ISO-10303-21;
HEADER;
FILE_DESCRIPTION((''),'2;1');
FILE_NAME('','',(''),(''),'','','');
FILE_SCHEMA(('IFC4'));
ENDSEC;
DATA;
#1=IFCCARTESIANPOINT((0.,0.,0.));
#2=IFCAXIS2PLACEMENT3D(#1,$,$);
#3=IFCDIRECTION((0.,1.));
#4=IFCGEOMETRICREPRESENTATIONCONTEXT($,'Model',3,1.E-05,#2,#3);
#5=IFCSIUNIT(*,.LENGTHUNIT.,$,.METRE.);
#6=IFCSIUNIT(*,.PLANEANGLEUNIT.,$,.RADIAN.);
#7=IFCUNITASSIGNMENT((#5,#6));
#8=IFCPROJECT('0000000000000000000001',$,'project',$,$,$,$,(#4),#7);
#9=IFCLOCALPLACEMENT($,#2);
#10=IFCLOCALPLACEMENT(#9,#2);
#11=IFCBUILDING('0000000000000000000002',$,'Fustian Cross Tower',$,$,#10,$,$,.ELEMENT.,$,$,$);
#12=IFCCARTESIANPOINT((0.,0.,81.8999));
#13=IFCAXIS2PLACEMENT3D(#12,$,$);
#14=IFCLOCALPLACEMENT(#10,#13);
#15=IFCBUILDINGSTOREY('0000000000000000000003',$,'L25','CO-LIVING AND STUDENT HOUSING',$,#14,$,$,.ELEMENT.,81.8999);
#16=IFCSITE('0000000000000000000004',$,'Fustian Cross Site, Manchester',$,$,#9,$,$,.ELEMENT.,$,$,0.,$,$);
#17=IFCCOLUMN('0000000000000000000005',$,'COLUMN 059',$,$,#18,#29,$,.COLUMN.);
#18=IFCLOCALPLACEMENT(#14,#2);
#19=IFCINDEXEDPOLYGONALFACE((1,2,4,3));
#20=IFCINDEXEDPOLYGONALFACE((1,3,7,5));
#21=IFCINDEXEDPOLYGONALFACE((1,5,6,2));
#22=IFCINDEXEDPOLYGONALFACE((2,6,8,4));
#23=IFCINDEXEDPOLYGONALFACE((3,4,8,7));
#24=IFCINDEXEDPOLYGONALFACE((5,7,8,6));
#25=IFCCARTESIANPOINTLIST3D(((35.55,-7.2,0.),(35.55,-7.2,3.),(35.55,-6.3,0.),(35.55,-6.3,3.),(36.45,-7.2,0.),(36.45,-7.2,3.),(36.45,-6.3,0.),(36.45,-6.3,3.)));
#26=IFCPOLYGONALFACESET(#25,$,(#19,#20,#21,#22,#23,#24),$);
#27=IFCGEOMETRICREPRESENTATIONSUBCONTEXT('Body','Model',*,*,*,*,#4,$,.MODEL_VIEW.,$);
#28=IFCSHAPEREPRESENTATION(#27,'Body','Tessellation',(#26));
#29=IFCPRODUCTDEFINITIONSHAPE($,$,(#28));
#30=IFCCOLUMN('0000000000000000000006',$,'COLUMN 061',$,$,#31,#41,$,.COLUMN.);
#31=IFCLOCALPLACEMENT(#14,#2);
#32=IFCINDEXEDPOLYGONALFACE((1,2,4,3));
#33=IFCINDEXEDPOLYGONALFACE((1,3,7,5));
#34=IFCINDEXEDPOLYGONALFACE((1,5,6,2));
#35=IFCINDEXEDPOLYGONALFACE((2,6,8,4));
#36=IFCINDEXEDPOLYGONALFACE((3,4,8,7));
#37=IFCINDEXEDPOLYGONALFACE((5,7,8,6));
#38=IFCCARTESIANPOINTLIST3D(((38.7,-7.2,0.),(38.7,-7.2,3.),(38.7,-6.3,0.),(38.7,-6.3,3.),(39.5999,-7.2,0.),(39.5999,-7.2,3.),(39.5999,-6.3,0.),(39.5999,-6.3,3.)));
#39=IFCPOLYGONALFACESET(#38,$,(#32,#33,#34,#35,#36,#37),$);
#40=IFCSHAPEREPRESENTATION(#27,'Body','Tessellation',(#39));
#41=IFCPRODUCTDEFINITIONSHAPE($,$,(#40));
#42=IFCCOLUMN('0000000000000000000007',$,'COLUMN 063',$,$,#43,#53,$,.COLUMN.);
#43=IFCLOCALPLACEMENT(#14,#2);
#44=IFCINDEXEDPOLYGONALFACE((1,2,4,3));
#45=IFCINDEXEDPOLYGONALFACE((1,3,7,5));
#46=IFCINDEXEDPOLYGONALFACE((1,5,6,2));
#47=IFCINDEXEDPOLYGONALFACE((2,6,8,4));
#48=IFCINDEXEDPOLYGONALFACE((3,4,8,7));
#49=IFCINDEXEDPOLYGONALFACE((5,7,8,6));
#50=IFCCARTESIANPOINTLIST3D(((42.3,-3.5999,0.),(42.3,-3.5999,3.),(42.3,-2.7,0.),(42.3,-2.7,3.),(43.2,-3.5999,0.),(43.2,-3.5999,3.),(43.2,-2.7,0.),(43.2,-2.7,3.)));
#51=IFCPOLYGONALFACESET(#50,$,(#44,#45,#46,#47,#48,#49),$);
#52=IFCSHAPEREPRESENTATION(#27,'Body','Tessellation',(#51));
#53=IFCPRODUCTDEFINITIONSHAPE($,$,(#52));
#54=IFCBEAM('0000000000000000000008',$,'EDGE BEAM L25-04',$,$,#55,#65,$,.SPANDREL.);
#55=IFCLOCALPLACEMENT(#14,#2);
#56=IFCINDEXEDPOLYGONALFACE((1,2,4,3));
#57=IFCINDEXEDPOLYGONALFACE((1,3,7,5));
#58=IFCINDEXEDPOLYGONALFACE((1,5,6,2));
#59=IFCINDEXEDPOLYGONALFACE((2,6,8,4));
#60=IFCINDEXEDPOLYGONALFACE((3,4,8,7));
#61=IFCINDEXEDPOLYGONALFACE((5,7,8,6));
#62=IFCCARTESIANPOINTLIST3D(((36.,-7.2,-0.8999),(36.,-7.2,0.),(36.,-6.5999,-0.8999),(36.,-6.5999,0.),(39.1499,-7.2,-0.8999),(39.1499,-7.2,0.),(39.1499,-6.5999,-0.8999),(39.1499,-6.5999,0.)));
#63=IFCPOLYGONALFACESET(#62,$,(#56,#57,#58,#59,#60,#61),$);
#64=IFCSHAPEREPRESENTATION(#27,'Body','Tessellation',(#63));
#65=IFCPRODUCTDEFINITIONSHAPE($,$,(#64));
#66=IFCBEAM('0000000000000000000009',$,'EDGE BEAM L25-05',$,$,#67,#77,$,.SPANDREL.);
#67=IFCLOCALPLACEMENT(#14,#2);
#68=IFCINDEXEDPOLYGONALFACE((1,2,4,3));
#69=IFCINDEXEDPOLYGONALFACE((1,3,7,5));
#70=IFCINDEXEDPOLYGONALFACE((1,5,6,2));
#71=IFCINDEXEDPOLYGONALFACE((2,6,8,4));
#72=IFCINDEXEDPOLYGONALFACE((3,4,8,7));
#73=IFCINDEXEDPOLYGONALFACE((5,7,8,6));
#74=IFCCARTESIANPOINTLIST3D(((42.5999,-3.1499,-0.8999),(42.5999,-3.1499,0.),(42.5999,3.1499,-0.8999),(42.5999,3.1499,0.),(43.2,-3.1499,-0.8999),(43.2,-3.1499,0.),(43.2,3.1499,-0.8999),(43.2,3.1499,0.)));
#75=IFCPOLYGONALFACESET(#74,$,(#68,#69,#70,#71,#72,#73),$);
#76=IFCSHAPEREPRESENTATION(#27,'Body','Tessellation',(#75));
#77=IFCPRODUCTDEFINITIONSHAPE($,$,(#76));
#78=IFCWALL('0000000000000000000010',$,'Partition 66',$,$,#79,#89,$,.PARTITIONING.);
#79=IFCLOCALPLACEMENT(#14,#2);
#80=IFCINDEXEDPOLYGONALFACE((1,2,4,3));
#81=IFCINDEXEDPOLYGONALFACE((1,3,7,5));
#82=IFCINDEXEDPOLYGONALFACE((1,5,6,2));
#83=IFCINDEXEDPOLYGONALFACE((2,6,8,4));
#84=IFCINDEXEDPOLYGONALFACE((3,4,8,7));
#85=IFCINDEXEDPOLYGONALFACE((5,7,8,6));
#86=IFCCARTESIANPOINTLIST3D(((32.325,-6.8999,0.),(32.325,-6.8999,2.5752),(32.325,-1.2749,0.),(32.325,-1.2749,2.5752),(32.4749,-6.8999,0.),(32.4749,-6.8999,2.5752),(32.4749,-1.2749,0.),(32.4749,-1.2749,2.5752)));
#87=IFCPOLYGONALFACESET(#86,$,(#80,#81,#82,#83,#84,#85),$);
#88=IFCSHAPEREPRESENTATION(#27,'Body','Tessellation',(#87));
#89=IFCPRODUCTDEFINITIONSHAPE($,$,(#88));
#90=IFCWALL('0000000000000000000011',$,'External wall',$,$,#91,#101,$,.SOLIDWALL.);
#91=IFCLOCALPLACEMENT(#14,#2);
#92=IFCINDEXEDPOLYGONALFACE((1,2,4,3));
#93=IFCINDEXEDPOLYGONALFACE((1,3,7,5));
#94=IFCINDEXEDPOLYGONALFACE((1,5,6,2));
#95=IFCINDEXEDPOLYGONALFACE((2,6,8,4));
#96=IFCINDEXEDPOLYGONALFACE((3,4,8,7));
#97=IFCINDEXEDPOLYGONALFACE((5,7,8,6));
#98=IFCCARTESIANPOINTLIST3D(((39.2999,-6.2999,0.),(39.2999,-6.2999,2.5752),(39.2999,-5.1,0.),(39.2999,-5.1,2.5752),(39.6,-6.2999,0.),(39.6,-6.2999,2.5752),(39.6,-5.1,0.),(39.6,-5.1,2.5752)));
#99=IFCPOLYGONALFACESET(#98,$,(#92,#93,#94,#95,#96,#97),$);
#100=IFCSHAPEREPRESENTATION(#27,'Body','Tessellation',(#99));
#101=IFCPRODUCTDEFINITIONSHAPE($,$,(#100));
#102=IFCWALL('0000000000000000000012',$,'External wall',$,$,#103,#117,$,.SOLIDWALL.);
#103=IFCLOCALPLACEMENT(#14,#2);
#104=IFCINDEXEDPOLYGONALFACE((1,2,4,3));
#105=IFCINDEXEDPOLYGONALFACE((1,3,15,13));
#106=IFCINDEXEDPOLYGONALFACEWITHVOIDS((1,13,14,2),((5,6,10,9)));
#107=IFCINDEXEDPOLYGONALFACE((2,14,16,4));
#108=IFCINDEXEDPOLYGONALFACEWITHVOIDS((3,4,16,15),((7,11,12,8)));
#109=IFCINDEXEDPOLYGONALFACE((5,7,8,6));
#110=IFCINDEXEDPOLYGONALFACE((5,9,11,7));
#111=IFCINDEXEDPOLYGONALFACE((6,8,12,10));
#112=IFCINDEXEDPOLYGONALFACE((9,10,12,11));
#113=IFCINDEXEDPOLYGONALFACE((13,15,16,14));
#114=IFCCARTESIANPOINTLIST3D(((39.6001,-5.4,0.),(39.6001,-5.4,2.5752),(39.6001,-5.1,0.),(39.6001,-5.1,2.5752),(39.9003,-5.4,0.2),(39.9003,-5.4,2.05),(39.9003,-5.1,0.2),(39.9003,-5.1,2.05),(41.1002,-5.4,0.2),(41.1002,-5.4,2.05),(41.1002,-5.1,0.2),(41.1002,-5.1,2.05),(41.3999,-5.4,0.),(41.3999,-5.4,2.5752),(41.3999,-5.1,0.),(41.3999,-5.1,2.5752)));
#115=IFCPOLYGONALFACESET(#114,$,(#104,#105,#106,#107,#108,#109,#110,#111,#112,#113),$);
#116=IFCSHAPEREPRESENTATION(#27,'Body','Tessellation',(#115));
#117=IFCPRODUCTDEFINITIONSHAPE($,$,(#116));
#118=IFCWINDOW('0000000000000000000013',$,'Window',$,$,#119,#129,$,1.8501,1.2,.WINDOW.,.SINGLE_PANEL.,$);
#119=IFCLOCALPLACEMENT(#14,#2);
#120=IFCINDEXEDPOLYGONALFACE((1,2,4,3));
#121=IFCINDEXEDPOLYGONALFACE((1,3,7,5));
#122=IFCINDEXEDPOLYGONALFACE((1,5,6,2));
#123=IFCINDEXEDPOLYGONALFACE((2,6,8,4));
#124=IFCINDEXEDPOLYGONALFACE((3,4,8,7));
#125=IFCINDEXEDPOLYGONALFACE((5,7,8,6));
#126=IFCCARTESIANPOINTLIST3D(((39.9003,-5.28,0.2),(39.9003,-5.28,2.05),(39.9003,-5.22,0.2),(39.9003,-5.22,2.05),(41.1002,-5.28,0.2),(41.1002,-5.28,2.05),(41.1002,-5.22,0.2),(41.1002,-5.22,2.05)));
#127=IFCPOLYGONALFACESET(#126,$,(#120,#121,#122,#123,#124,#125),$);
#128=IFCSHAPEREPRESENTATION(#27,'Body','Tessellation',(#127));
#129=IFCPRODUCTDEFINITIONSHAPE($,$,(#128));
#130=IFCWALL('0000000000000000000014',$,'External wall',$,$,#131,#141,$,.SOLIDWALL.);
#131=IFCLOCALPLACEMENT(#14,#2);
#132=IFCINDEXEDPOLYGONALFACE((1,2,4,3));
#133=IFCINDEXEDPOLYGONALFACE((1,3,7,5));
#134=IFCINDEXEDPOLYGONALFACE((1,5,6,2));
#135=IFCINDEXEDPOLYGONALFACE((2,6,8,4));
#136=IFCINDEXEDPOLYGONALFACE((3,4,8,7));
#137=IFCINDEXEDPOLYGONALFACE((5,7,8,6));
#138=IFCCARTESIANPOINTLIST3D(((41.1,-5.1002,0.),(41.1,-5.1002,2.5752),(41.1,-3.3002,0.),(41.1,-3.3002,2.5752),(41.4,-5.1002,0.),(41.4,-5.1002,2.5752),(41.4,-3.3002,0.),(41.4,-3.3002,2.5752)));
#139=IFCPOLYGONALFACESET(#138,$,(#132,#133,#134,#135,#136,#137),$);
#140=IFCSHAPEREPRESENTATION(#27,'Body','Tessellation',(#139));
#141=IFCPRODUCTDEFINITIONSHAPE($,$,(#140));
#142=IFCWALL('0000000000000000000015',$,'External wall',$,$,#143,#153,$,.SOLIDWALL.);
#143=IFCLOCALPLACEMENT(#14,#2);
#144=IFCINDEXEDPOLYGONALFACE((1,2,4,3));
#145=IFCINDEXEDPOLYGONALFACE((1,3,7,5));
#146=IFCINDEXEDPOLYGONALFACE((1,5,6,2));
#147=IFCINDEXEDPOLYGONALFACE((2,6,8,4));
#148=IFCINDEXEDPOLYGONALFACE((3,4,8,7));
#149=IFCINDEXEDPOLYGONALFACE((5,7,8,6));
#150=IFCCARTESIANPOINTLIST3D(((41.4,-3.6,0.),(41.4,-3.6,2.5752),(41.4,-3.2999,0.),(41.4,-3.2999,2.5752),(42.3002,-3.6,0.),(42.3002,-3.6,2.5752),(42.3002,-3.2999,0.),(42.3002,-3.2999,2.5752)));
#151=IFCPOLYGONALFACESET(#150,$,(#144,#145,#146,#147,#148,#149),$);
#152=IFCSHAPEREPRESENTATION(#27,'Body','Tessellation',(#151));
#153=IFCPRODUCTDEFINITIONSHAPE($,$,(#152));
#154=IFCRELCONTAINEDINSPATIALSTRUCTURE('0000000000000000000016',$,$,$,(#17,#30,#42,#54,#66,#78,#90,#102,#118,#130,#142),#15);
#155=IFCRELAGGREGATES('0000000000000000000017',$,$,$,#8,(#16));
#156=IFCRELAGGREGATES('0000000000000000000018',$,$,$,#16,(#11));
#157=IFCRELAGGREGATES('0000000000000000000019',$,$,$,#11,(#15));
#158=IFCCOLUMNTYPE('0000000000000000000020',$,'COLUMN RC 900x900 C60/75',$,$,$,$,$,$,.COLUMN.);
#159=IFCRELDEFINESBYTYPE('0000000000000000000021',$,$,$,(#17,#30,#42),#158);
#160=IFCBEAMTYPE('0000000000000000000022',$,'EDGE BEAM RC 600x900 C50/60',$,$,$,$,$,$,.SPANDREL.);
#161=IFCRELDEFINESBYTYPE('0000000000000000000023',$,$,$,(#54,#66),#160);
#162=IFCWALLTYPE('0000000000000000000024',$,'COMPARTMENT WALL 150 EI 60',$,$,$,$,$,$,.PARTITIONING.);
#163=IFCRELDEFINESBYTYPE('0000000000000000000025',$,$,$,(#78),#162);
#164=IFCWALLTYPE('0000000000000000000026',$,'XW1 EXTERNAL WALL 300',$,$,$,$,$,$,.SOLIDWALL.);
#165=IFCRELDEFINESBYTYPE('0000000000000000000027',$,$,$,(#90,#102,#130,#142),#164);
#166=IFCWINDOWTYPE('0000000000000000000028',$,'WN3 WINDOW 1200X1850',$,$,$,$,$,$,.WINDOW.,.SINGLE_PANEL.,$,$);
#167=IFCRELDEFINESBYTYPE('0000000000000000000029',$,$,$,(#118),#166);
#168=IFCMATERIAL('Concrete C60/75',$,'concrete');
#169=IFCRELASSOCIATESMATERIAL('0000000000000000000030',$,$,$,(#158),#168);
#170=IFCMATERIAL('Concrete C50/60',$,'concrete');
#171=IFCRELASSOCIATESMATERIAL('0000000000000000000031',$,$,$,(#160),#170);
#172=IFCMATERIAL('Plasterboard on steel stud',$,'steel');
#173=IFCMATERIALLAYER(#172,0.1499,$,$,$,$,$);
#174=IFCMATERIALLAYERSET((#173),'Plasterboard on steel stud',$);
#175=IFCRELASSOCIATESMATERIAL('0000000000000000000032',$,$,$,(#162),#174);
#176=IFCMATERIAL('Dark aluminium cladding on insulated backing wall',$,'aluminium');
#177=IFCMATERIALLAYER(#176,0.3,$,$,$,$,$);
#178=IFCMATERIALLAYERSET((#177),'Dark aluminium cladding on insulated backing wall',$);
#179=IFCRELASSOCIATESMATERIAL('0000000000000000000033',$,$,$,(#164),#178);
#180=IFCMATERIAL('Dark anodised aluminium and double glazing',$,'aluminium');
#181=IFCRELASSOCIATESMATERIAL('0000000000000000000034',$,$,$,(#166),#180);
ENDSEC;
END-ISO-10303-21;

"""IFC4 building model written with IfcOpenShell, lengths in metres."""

from ifc_helpers import new_model, si_unit, direction, frame, frame_2d, origin, origin_2d, place, context, subcontext, project, spatial, rectangle, extrude, material, layer, layer_set, material_profile, profile_set, type_object, element, fill, save


model = new_model("IFC4")

# Units and contexts
model_context = context("Model", 3, precision=1e-05, world=origin(), true_north=direction((0.0, 1.0)))
body_context = subcontext(model_context, "Body", "Model", "MODEL_VIEW")
ifc_project = project(units=[si_unit("LENGTHUNIT", "METRE"), si_unit("PLANEANGLEUNIT", "RADIAN")], contexts=[model_context])

# Site, building, storey
site_placement = place(None, origin())
site = spatial("IfcSite", under=ifc_project, at=site_placement, Name="Fustian Cross Site, Manchester", CompositionType="ELEMENT", RefElevation=0.0)
building_placement = place(site_placement, origin())
building = spatial("IfcBuilding", under=site, at=building_placement, Name="Fustian Cross Tower", CompositionType="ELEMENT")
storey_placement = place(building_placement, frame((0.0, 0.0, 81.8999)))
storey = spatial("IfcBuildingStorey", under=building, at=storey_placement, Name="L25", Description="CO-LIVING AND STUDENT HOUSING", CompositionType="ELEMENT", Elevation=81.8999)

# Columns
ifc_material_1 = material(Name="Concrete C60/75", Category="concrete")
ifc_material_profile_1 = material_profile(ifc_material_1, rectangle(XDim=0.8999, YDim=0.8999, at=origin_2d()), Name="RC 900x900")
ifc_profile_set_1 = profile_set([ifc_material_profile_1], Name="Concrete C60/75")
column_type = type_object("IfcColumnType", Name="COLUMN RC 900x900 C60/75", PredefinedType="COLUMN", material=ifc_profile_set_1)
for number, where, z_axis, x_axis, name in (
    (1, (36.0, -6.75, 0.0), (0.0, 0.0, 1.0), (1.0, 0.0, 0.0), "COLUMN 059"),
    (2, (39.1499, -6.75, 0.0), (0.0, 0.0, 1.0), (1.0, 0.0, 0.0), "COLUMN 061"),
    (3, (42.75, -3.1499, 0.0), (0.0, 0.0, 1.0), (1.0, 0.0, 0.0), "COLUMN 063"),
):
    element("IfcColumn", number, at=place(storey_placement, frame(where, z_axis=z_axis, x_axis=x_axis)), inside=storey, type_object=column_type, Name=name, PredefinedType="COLUMN", context=body_context, shape_type="SweptSolid", body=[
        extrude(rectangle(XDim=0.8999, YDim=0.8999, at=origin_2d()), origin(), (0.0, 0.0, 1.0), 3.0),
    ])

# Beams
ifc_material_2 = material(Name="Concrete C50/60", Category="concrete")
ifc_material_profile_2 = material_profile(ifc_material_2, rectangle(XDim=0.6001, YDim=0.8999, at=origin_2d()), Name="RC 600x900")
ifc_profile_set_2 = profile_set([ifc_material_profile_2], Name="Concrete C50/60")
beam_type = type_object("IfcBeamType", Name="EDGE BEAM RC 600x900 C50/60", PredefinedType="SPANDREL", material=ifc_profile_set_2)
beam_1_placement = place(storey_placement, frame((36.0, -6.8999, -0.45), z_axis=(1.0, 0.0, 0.0), x_axis=(0.0, 1.0, 0.0)))
element("IfcBeam", 4, at=beam_1_placement, inside=storey, type_object=beam_type, Name="EDGE BEAM L25-04", PredefinedType="SPANDREL", context=body_context, shape_type="SweptSolid", body=[
    extrude(rectangle(XDim=0.6001, YDim=0.8999, at=origin_2d()), origin(), (0.0, 0.0, 1.0), 3.1499),
])
beam_2_placement = place(storey_placement, frame((42.8999, -3.1499, -0.45), z_axis=(0.0, 1.0, 0.0), x_axis=(-1.0, 0.0, 0.0)))
element("IfcBeam", 5, at=beam_2_placement, inside=storey, type_object=beam_type, Name="EDGE BEAM L25-05", PredefinedType="SPANDREL", context=body_context, shape_type="SweptSolid", body=[
    extrude(rectangle(XDim=0.6001, YDim=0.8999, at=origin_2d()), origin(), (0.0, 0.0, 1.0), 6.2998),
])

# Walls
ifc_material_3 = material(Name="Plasterboard on steel stud", Category="steel")
ifc_layer_1 = layer(ifc_material_3, 0.1499)
ifc_layer_set_1 = layer_set([ifc_layer_1], Name="Plasterboard on steel stud")
wall_type_1 = type_object("IfcWallType", Name="COMPARTMENT WALL 150 EI 60", PredefinedType="PARTITIONING", material=ifc_layer_set_1)
wall_1_placement = place(storey_placement, frame((32.3999, -6.8999, 0.0), z_axis=(0.0, 0.0, 1.0), x_axis=(0.0, 1.0, 0.0)))
element("IfcWall", 6, at=wall_1_placement, inside=storey, type_object=wall_type_1, Name="Partition 66", PredefinedType="PARTITIONING", context=body_context, shape_type="SweptSolid", body=[
    extrude(rectangle(XDim=5.625, YDim=0.1499, at=frame_2d((2.8125, 0.0))), origin(), (0.0, 0.0, 1.0), 2.5752),
])
ifc_material_4 = material(Name="Dark aluminium cladding on insulated backing wall", Category="aluminium")
ifc_layer_2 = layer(ifc_material_4, 0.3)
ifc_layer_set_2 = layer_set([ifc_layer_2], Name="Dark aluminium cladding on insulated backing wall")
wall_type_2 = type_object("IfcWallType", Name="XW1 EXTERNAL WALL 300", PredefinedType="SOLIDWALL", material=ifc_layer_set_2)
wall_2_placement = place(storey_placement, frame((39.45, -6.3, 0.0), z_axis=(0.0, 0.0, 1.0), x_axis=(0.0, 1.0, 0.0)))
element("IfcWall", 7, at=wall_2_placement, inside=storey, type_object=wall_type_2, Name="External wall", PredefinedType="SOLIDWALL", context=body_context, shape_type="SweptSolid", body=[
    extrude(rectangle(XDim=1.2, YDim=0.3, at=frame_2d((0.6001, 0.0))), origin(), (0.0, 0.0, 1.0), 2.5752),
])

# Wall, opening, window
wall_3_placement = place(storey_placement, frame((39.6001, -5.25, 0.0), z_axis=(0.0, 0.0, 1.0), x_axis=(1.0, 0.0, 0.0)))
wall_3 = element("IfcWall", 8, at=wall_3_placement, inside=storey, type_object=wall_type_2, Name="External wall", PredefinedType="SOLIDWALL", context=body_context, shape_type="SweptSolid", body=[
    extrude(rectangle(XDim=1.7998, YDim=0.3, at=frame_2d((0.8999, 0.0))), origin(), (0.0, 0.0, 1.0), 2.5752),
])
opening_1_placement = place(wall_3_placement, frame((0.3, 0.0, 0.2)))
opening_1 = element("IfcOpeningElement", 9, at=opening_1_placement, cuts=wall_3, PredefinedType="OPENING", context=body_context, shape_type="SweptSolid", body=[
    extrude(rectangle(XDim=1.2, YDim=1.8501, at=frame_2d((0.6001, 0.925))), frame((0.0, 0.1599, 0.0), z_axis=(0.0, -1.0, 0.0), x_axis=(1.0, 0.0, 0.0)), (0.0, 0.0, 1.0), 0.3201),
])
ifc_material_5 = material(Name="Dark anodised aluminium and double glazing", Category="aluminium")
window_type_1 = type_object("IfcWindowType", Name="WN3 WINDOW 1200X1850", PartitioningType="SINGLE_PANEL", PredefinedType="WINDOW", material=ifc_material_5)
window_1_placement = place(opening_1_placement, origin())
window_1 = element("IfcWindow", 10, at=window_1_placement, inside=storey, type_object=window_type_1, Name="Window", OverallHeight=1.8501, OverallWidth=1.2, PartitioningType="SINGLE_PANEL", PredefinedType="WINDOW", context=body_context, shape_type="SweptSolid", body=[
    extrude(rectangle(XDim=1.2, YDim=1.8501, at=frame_2d((0.6001, 0.925))), frame((0.0, 0.03, 0.0), z_axis=(0.0, -1.0, 0.0), x_axis=(1.0, 0.0, 0.0)), (0.0, 0.0, 1.0), 0.0601),
])
fill(opening_1, window_1)

# Walls
wall_4_placement = place(storey_placement, frame((41.25, -5.1001, 0.0), z_axis=(0.0, 0.0, 1.0), x_axis=(0.0, 1.0, 0.0)))
element("IfcWall", 11, at=wall_4_placement, inside=storey, type_object=wall_type_2, Name="External wall", PredefinedType="SOLIDWALL", context=body_context, shape_type="SweptSolid", body=[
    extrude(rectangle(XDim=1.8, YDim=0.3, at=frame_2d((0.8999, 0.0))), origin(), (0.0, 0.0, 1.0), 2.5752),
])
wall_5_placement = place(storey_placement, frame((41.3999, -3.45, 0.0), z_axis=(0.0, 0.0, 1.0), x_axis=(1.0, 0.0, 0.0)))
element("IfcWall", 12, at=wall_5_placement, inside=storey, type_object=wall_type_2, Name="External wall", PredefinedType="SOLIDWALL", context=body_context, shape_type="SweptSolid", body=[
    extrude(rectangle(XDim=0.9001, YDim=0.3, at=frame_2d((0.4502, 0.0))), origin(), (0.0, 0.0, 1.0), 2.5752),
])

save(model, "model.ifc")
